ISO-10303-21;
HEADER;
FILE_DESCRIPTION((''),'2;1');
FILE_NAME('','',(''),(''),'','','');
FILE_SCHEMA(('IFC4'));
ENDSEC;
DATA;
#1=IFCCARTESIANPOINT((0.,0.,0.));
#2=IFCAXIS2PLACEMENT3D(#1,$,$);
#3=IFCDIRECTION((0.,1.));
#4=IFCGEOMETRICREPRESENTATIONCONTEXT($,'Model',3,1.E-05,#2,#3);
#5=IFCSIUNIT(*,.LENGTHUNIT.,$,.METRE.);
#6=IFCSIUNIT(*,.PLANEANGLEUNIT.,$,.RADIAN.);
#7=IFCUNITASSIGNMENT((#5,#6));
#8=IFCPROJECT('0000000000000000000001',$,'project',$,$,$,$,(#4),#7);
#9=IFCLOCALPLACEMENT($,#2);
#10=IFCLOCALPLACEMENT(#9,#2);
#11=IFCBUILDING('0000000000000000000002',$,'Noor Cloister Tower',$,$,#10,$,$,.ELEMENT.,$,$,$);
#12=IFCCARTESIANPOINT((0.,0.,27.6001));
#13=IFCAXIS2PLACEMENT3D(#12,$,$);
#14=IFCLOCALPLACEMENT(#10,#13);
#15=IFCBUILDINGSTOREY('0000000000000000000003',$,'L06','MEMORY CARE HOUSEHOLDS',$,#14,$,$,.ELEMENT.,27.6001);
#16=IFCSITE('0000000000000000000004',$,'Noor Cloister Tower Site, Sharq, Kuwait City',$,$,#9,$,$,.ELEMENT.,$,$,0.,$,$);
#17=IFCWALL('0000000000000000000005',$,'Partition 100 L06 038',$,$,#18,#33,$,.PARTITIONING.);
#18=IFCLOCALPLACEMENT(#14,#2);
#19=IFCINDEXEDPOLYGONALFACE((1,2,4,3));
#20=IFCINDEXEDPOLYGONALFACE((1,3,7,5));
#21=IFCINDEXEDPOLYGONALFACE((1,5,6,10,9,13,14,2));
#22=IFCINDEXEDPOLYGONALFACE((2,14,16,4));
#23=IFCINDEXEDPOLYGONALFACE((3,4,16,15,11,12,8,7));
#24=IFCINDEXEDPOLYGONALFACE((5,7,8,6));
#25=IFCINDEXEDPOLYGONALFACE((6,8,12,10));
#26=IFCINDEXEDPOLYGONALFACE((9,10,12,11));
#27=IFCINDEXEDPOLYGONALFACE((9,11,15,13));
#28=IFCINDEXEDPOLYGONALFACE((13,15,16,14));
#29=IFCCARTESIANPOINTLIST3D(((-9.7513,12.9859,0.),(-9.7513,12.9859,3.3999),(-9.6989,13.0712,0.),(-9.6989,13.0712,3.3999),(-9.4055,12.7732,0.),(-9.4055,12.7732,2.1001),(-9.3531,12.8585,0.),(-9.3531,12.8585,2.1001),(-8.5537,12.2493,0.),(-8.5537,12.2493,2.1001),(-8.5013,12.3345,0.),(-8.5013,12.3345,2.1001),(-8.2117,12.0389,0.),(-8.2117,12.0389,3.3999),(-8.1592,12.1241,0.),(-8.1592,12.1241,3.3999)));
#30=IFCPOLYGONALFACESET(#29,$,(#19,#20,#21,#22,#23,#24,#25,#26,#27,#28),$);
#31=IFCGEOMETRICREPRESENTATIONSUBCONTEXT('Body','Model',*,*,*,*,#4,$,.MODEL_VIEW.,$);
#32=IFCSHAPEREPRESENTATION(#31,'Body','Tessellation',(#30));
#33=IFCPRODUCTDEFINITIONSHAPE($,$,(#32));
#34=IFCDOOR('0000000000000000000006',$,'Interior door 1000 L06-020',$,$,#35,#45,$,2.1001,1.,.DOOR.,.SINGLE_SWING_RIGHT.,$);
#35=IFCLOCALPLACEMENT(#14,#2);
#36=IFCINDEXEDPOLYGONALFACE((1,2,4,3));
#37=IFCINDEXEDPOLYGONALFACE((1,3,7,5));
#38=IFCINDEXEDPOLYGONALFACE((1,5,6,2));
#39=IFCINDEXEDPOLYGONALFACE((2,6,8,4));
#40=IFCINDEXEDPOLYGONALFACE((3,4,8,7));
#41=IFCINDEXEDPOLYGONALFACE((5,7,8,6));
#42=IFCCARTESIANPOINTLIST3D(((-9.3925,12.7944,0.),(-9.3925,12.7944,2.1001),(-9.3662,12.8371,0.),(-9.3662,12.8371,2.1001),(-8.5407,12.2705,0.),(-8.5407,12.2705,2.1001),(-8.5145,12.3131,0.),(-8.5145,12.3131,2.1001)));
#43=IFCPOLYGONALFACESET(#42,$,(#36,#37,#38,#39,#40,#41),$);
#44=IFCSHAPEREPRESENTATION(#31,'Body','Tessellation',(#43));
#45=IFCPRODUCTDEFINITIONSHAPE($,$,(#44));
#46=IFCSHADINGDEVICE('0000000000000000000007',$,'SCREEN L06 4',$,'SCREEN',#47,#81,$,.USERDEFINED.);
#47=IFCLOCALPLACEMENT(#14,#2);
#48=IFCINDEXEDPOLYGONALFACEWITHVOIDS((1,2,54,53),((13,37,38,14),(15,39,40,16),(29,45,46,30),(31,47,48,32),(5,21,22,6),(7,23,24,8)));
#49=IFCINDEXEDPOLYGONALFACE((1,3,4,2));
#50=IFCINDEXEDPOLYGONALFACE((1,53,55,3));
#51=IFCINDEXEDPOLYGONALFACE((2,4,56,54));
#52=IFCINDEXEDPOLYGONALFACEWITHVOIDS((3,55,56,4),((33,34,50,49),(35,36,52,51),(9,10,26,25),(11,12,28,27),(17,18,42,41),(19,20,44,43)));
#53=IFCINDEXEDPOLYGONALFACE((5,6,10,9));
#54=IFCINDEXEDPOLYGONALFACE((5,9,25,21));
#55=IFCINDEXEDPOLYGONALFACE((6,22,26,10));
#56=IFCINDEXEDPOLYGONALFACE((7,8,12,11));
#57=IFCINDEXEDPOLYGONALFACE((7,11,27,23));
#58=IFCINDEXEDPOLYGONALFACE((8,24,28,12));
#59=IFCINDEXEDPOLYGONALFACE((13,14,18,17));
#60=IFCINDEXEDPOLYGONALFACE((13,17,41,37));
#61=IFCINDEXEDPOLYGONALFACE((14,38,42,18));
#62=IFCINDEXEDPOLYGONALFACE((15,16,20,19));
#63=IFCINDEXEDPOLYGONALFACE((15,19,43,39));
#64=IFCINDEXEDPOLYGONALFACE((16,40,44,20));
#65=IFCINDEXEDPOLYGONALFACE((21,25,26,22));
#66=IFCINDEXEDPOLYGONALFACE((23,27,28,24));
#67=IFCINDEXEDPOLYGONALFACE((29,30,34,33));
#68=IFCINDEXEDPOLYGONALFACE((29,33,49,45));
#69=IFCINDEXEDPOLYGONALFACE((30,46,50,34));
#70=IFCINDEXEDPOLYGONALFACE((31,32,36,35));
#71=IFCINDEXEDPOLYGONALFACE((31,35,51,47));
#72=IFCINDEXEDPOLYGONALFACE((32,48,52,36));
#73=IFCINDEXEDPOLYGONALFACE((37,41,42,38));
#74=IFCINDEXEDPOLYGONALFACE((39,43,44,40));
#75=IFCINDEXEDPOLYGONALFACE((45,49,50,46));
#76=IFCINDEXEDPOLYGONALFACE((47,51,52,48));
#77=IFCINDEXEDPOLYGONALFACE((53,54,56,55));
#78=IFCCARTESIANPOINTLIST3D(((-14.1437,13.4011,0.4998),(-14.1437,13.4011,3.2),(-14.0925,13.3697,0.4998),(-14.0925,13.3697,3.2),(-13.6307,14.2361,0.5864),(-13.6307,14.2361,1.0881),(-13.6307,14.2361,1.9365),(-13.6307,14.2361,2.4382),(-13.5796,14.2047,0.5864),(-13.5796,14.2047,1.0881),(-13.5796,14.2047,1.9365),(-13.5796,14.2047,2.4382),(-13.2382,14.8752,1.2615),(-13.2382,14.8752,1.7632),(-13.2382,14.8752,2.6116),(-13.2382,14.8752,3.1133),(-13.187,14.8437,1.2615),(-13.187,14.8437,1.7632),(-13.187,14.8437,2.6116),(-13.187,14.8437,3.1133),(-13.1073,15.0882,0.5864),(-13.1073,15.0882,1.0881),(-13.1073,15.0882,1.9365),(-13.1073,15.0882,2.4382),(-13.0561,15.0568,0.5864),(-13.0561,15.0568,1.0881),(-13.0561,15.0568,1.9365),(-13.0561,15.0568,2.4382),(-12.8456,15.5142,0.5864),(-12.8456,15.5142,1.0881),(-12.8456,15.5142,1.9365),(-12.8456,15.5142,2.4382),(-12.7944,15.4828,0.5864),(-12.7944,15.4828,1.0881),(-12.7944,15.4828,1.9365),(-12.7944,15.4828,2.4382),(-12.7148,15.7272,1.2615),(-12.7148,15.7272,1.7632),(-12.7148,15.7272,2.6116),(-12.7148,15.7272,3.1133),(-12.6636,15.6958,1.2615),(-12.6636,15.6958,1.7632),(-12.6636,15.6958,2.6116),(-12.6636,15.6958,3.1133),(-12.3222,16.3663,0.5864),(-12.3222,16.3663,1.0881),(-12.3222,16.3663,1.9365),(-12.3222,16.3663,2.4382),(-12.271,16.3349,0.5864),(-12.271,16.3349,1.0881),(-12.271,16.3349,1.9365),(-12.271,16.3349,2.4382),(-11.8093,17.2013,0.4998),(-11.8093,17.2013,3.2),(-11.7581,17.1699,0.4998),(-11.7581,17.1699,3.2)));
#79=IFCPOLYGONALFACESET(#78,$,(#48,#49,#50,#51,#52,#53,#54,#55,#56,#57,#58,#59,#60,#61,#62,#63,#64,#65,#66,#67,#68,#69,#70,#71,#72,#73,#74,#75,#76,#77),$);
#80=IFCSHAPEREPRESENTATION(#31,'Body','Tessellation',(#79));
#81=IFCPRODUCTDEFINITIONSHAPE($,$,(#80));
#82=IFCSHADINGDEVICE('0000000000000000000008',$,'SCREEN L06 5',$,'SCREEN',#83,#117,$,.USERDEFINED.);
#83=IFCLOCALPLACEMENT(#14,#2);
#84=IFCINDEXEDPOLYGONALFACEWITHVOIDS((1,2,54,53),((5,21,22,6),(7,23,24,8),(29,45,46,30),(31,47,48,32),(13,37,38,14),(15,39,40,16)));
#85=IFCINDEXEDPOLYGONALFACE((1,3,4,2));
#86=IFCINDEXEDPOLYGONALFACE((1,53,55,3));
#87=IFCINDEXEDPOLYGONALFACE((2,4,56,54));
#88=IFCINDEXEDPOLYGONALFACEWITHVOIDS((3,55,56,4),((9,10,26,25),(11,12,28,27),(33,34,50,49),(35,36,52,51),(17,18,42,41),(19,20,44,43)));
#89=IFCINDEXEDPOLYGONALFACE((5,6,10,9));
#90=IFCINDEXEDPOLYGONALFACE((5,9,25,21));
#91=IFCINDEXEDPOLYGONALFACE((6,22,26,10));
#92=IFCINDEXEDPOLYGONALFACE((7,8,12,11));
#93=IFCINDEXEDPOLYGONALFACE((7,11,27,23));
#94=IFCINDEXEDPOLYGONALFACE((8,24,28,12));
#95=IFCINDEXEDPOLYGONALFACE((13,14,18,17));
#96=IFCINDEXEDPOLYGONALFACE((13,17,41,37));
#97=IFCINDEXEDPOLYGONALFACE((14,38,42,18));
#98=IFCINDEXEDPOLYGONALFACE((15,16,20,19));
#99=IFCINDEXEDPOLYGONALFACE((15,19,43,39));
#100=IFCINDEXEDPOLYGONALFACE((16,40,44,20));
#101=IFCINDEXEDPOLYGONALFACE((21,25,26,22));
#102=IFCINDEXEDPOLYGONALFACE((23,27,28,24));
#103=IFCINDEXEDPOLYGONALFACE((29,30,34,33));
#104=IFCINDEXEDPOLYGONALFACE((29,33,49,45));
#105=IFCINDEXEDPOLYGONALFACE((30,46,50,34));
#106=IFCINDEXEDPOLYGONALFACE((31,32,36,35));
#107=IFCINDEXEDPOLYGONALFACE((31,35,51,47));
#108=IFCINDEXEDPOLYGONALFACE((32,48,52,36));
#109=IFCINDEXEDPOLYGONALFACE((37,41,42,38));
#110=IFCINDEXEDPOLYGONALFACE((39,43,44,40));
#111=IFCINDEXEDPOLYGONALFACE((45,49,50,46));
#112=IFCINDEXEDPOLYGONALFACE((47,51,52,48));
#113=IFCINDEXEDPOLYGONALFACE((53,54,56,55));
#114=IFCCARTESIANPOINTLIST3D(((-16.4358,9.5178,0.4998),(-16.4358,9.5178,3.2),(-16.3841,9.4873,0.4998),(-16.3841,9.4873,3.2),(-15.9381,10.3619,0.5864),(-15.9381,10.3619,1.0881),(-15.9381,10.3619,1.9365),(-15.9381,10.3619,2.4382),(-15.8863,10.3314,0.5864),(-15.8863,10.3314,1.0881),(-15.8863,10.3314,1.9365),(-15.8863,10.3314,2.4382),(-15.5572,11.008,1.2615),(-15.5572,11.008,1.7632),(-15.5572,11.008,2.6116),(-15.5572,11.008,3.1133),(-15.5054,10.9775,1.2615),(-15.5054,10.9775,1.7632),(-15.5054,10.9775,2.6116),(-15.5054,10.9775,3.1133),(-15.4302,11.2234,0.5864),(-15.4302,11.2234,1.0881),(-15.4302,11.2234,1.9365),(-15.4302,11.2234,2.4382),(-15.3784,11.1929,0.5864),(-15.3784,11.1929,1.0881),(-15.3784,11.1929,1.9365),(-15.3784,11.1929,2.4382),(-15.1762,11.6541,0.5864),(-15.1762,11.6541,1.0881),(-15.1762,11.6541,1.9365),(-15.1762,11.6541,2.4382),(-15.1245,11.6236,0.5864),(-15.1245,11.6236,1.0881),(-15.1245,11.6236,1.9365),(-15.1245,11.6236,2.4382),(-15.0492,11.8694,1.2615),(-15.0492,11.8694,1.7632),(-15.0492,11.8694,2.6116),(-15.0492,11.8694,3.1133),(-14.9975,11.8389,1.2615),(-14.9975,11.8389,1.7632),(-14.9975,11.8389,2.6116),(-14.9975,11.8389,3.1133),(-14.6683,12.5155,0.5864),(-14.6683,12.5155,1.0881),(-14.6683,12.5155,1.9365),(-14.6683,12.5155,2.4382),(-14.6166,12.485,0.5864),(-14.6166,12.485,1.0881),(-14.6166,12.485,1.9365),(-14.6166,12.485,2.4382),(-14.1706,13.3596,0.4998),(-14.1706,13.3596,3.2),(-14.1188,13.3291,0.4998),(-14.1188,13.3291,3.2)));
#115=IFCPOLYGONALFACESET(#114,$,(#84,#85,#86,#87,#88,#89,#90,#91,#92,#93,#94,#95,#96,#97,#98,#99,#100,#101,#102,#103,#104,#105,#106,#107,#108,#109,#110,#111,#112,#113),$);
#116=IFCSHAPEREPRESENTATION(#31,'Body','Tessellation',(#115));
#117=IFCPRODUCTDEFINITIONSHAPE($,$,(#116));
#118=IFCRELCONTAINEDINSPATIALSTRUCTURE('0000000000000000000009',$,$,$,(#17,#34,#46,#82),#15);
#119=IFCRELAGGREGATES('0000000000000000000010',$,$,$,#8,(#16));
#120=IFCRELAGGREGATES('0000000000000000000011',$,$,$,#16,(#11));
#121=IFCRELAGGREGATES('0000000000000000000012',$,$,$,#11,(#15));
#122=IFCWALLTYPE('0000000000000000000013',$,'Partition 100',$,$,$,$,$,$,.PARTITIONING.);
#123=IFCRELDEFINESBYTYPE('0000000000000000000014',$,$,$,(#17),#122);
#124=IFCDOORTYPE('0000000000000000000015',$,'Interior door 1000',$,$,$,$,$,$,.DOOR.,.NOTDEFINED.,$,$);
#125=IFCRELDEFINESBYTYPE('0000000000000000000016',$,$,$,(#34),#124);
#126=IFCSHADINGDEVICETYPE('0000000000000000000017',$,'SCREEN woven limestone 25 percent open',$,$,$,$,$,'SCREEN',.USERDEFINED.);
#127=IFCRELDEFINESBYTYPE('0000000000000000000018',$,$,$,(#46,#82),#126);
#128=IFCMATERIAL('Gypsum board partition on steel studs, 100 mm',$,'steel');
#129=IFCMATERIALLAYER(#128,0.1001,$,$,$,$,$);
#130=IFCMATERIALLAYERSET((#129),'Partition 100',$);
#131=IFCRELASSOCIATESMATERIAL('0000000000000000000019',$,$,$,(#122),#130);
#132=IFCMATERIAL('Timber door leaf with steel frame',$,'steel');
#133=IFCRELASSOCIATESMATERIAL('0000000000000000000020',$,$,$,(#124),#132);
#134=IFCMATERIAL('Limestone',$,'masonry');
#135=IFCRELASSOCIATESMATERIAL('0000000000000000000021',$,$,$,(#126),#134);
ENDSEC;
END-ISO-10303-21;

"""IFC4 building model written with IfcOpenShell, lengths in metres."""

from ifc_helpers import new_model, si_unit, direction, frame, frame_2d, origin, place, context, subcontext, project, spatial, polyline, rectangle, outline, extrude, material, layer, layer_set, material_profile, profile_set, type_object, element, fill, save


model = new_model("IFC4")

# Units and contexts
model_context = context("Model", 3, precision=1e-05, world=origin(), true_north=direction((0.0, 1.0)))
body_context = subcontext(model_context, "Body", "Model", "MODEL_VIEW")
ifc_project = project(units=[si_unit("LENGTHUNIT", "METRE"), si_unit("PLANEANGLEUNIT", "RADIAN")], contexts=[model_context])

# Site, building, storey
site_placement = place(None, origin())
site = spatial("IfcSite", under=ifc_project, at=site_placement, Name="Noor Cloister Tower Site, Sharq, Kuwait City", CompositionType="ELEMENT", RefElevation=0.0)
building_placement = place(site_placement, origin())
building = spatial("IfcBuilding", under=site, at=building_placement, Name="Noor Cloister Tower", CompositionType="ELEMENT")
storey_placement = place(building_placement, frame((0.0, 0.0, 27.6001)))
storey = spatial("IfcBuildingStorey", under=building, at=storey_placement, Name="L06", Description="MEMORY CARE HOUSEHOLDS", CompositionType="ELEMENT", Elevation=27.6001)

# Shared definitions
ifc_material_1 = material(Name="Gypsum board partition on steel studs, 100 mm", Category="steel")
ifc_layer_1 = layer(ifc_material_1, 0.1001)
ifc_layer_set_1 = layer_set([ifc_layer_1], Name="Partition 100")
wall_type_1 = type_object("IfcWallType", Name="Partition 100", PredefinedType="PARTITIONING", material=ifc_layer_set_1)

# Wall, opening, door
wall_1_placement = place(storey_placement, frame((-9.7251, 13.0286, 0.0), z_axis=(0.0, 0.0, 1.0), x_axis=(0.851756, -0.523939, 0.0)))
wall_1 = element("IfcWall", 1, at=wall_1_placement, inside=storey, type_object=wall_type_1, Name="Partition 100 L06 038", PredefinedType="PARTITIONING", context=body_context, shape_type="SweptSolid", body=[
    extrude(rectangle(XDim=1.8076, YDim=0.1001, at=frame_2d((0.9038, 0.0))), origin(), (0.0, 0.0, 1.0), 3.3999),
])
opening_1_placement = place(wall_1_placement, frame((0.406, 0.0, 0.0)))
opening_1 = element("IfcOpeningElement", 2, at=opening_1_placement, cuts=wall_1, PredefinedType="OPENING", context=body_context, shape_type="SweptSolid", body=[
    extrude(rectangle(XDim=1.0, YDim=2.1001, at=frame_2d((0.5, 1.05))), frame((0.0, 0.0601, 0.0), z_axis=(0.0, -1.0, 0.0), x_axis=(1.0, 0.0, 0.0)), (0.0, 0.0, 1.0), 0.1201),
])
ifc_material_2 = material(Name="Timber door leaf with steel frame", Category="steel")
door_type_1 = type_object("IfcDoorType", Name="Interior door 1000", OperationType="NOTDEFINED", PredefinedType="DOOR", material=ifc_material_2)
door_1_placement = place(opening_1_placement, origin())
door_1 = element("IfcDoor", 3, at=door_1_placement, inside=storey, type_object=door_type_1, Name="Interior door 1000 L06-020", OperationType="SINGLE_SWING_RIGHT", OverallHeight=2.1001, OverallWidth=1.0, PredefinedType="DOOR", context=body_context, shape_type="SweptSolid", body=[
    extrude(rectangle(XDim=1.0, YDim=2.1001, at=frame_2d((0.5, 1.05))), frame((0.0, 0.0249, 0.0), z_axis=(0.0, -1.0, 0.0), x_axis=(1.0, 0.0, 0.0)), (0.0, 0.0, 1.0), 0.05),
])
fill(opening_1, door_1)

# Shading devices
ifc_material_3 = material(Name="Limestone", Category="masonry")
ifc_material_profile_1 = material_profile(ifc_material_3, outline(polyline([(-2.23, -1.3501), (2.23, -1.3501), (2.23, 1.3501), (-2.23, 1.3501), (-2.23, -1.3501)]), holes=[polyline([(-1.25, -1.2634), (-0.25, -1.2634), (-0.25, -0.7617), (-1.25, -0.7617), (-1.25, -1.2634)]), polyline([(0.25, -1.2634), (1.25, -1.2634), (1.25, -0.7617), (0.25, -0.7617), (0.25, -1.2634)]), polyline([(-0.5, -0.5884), (0.5, -0.5884), (0.5, -0.0867), (-0.5, -0.0867), (-0.5, -0.5884)]), polyline([(-1.25, 0.0867), (-0.25, 0.0867), (-0.25, 0.5884), (-1.25, 0.5884), (-1.25, 0.0867)]), polyline([(0.25, 0.0867), (1.25, 0.0867), (1.25, 0.5884), (0.25, 0.5884), (0.25, 0.0867)]), polyline([(-0.5, 0.7617), (0.5, 0.7617), (0.5, 1.2634), (-0.5, 1.2634), (-0.5, 0.7617)])]), Name="Woven screen 25 percent open")
ifc_profile_set_1 = profile_set([ifc_material_profile_1], Name="Limestone")
shading_device_type = type_object("IfcShadingDeviceType", Name="SCREEN woven limestone 25 percent open", ElementType="SCREEN", PredefinedType="USERDEFINED", material=ifc_profile_set_1)
for number, where, z_axis, x_axis, name in (
    (4, (-12.9253, 15.2698, 1.8499), (-0.852076, 0.523418, 0.0), (-0.523418, -0.852076, 0.0), "SCREEN L06 4"),
    (5, (-15.2515, 11.4082, 1.8499), (-0.861411, 0.507908, 0.0), (-0.507908, -0.861411, 0.0), "SCREEN L06 5"),
):
    element("IfcShadingDevice", number, at=place(storey_placement, frame(where, z_axis=z_axis, x_axis=x_axis)), inside=storey, type_object=shading_device_type, Name=name, ObjectType="SCREEN", PredefinedType="USERDEFINED", context=body_context, shape_type="SweptSolid", body=[
        extrude(outline(polyline([(-2.23, -1.3501), (2.23, -1.3501), (2.23, 1.3501), (-2.23, 1.3501), (-2.23, -1.3501)]), holes=[polyline([(-1.25, -1.2634), (-0.25, -1.2634), (-0.25, -0.7617), (-1.25, -0.7617), (-1.25, -1.2634)]), polyline([(0.25, -1.2634), (1.25, -1.2634), (1.25, -0.7617), (0.25, -0.7617), (0.25, -1.2634)]), polyline([(-0.5, -0.5884), (0.5, -0.5884), (0.5, -0.0867), (-0.5, -0.0867), (-0.5, -0.5884)]), polyline([(-1.25, 0.0867), (-0.25, 0.0867), (-0.25, 0.5884), (-1.25, 0.5884), (-1.25, 0.0867)]), polyline([(0.25, 0.0867), (1.25, 0.0867), (1.25, 0.5884), (0.25, 0.5884), (0.25, 0.0867)]), polyline([(-0.5, 0.7617), (0.5, 0.7617), (0.5, 1.2634), (-0.5, 1.2634), (-0.5, 0.7617)])]), origin(), (0.0, 0.0, 1.0), 0.0601),
    ])

save(model, "model.ifc")
